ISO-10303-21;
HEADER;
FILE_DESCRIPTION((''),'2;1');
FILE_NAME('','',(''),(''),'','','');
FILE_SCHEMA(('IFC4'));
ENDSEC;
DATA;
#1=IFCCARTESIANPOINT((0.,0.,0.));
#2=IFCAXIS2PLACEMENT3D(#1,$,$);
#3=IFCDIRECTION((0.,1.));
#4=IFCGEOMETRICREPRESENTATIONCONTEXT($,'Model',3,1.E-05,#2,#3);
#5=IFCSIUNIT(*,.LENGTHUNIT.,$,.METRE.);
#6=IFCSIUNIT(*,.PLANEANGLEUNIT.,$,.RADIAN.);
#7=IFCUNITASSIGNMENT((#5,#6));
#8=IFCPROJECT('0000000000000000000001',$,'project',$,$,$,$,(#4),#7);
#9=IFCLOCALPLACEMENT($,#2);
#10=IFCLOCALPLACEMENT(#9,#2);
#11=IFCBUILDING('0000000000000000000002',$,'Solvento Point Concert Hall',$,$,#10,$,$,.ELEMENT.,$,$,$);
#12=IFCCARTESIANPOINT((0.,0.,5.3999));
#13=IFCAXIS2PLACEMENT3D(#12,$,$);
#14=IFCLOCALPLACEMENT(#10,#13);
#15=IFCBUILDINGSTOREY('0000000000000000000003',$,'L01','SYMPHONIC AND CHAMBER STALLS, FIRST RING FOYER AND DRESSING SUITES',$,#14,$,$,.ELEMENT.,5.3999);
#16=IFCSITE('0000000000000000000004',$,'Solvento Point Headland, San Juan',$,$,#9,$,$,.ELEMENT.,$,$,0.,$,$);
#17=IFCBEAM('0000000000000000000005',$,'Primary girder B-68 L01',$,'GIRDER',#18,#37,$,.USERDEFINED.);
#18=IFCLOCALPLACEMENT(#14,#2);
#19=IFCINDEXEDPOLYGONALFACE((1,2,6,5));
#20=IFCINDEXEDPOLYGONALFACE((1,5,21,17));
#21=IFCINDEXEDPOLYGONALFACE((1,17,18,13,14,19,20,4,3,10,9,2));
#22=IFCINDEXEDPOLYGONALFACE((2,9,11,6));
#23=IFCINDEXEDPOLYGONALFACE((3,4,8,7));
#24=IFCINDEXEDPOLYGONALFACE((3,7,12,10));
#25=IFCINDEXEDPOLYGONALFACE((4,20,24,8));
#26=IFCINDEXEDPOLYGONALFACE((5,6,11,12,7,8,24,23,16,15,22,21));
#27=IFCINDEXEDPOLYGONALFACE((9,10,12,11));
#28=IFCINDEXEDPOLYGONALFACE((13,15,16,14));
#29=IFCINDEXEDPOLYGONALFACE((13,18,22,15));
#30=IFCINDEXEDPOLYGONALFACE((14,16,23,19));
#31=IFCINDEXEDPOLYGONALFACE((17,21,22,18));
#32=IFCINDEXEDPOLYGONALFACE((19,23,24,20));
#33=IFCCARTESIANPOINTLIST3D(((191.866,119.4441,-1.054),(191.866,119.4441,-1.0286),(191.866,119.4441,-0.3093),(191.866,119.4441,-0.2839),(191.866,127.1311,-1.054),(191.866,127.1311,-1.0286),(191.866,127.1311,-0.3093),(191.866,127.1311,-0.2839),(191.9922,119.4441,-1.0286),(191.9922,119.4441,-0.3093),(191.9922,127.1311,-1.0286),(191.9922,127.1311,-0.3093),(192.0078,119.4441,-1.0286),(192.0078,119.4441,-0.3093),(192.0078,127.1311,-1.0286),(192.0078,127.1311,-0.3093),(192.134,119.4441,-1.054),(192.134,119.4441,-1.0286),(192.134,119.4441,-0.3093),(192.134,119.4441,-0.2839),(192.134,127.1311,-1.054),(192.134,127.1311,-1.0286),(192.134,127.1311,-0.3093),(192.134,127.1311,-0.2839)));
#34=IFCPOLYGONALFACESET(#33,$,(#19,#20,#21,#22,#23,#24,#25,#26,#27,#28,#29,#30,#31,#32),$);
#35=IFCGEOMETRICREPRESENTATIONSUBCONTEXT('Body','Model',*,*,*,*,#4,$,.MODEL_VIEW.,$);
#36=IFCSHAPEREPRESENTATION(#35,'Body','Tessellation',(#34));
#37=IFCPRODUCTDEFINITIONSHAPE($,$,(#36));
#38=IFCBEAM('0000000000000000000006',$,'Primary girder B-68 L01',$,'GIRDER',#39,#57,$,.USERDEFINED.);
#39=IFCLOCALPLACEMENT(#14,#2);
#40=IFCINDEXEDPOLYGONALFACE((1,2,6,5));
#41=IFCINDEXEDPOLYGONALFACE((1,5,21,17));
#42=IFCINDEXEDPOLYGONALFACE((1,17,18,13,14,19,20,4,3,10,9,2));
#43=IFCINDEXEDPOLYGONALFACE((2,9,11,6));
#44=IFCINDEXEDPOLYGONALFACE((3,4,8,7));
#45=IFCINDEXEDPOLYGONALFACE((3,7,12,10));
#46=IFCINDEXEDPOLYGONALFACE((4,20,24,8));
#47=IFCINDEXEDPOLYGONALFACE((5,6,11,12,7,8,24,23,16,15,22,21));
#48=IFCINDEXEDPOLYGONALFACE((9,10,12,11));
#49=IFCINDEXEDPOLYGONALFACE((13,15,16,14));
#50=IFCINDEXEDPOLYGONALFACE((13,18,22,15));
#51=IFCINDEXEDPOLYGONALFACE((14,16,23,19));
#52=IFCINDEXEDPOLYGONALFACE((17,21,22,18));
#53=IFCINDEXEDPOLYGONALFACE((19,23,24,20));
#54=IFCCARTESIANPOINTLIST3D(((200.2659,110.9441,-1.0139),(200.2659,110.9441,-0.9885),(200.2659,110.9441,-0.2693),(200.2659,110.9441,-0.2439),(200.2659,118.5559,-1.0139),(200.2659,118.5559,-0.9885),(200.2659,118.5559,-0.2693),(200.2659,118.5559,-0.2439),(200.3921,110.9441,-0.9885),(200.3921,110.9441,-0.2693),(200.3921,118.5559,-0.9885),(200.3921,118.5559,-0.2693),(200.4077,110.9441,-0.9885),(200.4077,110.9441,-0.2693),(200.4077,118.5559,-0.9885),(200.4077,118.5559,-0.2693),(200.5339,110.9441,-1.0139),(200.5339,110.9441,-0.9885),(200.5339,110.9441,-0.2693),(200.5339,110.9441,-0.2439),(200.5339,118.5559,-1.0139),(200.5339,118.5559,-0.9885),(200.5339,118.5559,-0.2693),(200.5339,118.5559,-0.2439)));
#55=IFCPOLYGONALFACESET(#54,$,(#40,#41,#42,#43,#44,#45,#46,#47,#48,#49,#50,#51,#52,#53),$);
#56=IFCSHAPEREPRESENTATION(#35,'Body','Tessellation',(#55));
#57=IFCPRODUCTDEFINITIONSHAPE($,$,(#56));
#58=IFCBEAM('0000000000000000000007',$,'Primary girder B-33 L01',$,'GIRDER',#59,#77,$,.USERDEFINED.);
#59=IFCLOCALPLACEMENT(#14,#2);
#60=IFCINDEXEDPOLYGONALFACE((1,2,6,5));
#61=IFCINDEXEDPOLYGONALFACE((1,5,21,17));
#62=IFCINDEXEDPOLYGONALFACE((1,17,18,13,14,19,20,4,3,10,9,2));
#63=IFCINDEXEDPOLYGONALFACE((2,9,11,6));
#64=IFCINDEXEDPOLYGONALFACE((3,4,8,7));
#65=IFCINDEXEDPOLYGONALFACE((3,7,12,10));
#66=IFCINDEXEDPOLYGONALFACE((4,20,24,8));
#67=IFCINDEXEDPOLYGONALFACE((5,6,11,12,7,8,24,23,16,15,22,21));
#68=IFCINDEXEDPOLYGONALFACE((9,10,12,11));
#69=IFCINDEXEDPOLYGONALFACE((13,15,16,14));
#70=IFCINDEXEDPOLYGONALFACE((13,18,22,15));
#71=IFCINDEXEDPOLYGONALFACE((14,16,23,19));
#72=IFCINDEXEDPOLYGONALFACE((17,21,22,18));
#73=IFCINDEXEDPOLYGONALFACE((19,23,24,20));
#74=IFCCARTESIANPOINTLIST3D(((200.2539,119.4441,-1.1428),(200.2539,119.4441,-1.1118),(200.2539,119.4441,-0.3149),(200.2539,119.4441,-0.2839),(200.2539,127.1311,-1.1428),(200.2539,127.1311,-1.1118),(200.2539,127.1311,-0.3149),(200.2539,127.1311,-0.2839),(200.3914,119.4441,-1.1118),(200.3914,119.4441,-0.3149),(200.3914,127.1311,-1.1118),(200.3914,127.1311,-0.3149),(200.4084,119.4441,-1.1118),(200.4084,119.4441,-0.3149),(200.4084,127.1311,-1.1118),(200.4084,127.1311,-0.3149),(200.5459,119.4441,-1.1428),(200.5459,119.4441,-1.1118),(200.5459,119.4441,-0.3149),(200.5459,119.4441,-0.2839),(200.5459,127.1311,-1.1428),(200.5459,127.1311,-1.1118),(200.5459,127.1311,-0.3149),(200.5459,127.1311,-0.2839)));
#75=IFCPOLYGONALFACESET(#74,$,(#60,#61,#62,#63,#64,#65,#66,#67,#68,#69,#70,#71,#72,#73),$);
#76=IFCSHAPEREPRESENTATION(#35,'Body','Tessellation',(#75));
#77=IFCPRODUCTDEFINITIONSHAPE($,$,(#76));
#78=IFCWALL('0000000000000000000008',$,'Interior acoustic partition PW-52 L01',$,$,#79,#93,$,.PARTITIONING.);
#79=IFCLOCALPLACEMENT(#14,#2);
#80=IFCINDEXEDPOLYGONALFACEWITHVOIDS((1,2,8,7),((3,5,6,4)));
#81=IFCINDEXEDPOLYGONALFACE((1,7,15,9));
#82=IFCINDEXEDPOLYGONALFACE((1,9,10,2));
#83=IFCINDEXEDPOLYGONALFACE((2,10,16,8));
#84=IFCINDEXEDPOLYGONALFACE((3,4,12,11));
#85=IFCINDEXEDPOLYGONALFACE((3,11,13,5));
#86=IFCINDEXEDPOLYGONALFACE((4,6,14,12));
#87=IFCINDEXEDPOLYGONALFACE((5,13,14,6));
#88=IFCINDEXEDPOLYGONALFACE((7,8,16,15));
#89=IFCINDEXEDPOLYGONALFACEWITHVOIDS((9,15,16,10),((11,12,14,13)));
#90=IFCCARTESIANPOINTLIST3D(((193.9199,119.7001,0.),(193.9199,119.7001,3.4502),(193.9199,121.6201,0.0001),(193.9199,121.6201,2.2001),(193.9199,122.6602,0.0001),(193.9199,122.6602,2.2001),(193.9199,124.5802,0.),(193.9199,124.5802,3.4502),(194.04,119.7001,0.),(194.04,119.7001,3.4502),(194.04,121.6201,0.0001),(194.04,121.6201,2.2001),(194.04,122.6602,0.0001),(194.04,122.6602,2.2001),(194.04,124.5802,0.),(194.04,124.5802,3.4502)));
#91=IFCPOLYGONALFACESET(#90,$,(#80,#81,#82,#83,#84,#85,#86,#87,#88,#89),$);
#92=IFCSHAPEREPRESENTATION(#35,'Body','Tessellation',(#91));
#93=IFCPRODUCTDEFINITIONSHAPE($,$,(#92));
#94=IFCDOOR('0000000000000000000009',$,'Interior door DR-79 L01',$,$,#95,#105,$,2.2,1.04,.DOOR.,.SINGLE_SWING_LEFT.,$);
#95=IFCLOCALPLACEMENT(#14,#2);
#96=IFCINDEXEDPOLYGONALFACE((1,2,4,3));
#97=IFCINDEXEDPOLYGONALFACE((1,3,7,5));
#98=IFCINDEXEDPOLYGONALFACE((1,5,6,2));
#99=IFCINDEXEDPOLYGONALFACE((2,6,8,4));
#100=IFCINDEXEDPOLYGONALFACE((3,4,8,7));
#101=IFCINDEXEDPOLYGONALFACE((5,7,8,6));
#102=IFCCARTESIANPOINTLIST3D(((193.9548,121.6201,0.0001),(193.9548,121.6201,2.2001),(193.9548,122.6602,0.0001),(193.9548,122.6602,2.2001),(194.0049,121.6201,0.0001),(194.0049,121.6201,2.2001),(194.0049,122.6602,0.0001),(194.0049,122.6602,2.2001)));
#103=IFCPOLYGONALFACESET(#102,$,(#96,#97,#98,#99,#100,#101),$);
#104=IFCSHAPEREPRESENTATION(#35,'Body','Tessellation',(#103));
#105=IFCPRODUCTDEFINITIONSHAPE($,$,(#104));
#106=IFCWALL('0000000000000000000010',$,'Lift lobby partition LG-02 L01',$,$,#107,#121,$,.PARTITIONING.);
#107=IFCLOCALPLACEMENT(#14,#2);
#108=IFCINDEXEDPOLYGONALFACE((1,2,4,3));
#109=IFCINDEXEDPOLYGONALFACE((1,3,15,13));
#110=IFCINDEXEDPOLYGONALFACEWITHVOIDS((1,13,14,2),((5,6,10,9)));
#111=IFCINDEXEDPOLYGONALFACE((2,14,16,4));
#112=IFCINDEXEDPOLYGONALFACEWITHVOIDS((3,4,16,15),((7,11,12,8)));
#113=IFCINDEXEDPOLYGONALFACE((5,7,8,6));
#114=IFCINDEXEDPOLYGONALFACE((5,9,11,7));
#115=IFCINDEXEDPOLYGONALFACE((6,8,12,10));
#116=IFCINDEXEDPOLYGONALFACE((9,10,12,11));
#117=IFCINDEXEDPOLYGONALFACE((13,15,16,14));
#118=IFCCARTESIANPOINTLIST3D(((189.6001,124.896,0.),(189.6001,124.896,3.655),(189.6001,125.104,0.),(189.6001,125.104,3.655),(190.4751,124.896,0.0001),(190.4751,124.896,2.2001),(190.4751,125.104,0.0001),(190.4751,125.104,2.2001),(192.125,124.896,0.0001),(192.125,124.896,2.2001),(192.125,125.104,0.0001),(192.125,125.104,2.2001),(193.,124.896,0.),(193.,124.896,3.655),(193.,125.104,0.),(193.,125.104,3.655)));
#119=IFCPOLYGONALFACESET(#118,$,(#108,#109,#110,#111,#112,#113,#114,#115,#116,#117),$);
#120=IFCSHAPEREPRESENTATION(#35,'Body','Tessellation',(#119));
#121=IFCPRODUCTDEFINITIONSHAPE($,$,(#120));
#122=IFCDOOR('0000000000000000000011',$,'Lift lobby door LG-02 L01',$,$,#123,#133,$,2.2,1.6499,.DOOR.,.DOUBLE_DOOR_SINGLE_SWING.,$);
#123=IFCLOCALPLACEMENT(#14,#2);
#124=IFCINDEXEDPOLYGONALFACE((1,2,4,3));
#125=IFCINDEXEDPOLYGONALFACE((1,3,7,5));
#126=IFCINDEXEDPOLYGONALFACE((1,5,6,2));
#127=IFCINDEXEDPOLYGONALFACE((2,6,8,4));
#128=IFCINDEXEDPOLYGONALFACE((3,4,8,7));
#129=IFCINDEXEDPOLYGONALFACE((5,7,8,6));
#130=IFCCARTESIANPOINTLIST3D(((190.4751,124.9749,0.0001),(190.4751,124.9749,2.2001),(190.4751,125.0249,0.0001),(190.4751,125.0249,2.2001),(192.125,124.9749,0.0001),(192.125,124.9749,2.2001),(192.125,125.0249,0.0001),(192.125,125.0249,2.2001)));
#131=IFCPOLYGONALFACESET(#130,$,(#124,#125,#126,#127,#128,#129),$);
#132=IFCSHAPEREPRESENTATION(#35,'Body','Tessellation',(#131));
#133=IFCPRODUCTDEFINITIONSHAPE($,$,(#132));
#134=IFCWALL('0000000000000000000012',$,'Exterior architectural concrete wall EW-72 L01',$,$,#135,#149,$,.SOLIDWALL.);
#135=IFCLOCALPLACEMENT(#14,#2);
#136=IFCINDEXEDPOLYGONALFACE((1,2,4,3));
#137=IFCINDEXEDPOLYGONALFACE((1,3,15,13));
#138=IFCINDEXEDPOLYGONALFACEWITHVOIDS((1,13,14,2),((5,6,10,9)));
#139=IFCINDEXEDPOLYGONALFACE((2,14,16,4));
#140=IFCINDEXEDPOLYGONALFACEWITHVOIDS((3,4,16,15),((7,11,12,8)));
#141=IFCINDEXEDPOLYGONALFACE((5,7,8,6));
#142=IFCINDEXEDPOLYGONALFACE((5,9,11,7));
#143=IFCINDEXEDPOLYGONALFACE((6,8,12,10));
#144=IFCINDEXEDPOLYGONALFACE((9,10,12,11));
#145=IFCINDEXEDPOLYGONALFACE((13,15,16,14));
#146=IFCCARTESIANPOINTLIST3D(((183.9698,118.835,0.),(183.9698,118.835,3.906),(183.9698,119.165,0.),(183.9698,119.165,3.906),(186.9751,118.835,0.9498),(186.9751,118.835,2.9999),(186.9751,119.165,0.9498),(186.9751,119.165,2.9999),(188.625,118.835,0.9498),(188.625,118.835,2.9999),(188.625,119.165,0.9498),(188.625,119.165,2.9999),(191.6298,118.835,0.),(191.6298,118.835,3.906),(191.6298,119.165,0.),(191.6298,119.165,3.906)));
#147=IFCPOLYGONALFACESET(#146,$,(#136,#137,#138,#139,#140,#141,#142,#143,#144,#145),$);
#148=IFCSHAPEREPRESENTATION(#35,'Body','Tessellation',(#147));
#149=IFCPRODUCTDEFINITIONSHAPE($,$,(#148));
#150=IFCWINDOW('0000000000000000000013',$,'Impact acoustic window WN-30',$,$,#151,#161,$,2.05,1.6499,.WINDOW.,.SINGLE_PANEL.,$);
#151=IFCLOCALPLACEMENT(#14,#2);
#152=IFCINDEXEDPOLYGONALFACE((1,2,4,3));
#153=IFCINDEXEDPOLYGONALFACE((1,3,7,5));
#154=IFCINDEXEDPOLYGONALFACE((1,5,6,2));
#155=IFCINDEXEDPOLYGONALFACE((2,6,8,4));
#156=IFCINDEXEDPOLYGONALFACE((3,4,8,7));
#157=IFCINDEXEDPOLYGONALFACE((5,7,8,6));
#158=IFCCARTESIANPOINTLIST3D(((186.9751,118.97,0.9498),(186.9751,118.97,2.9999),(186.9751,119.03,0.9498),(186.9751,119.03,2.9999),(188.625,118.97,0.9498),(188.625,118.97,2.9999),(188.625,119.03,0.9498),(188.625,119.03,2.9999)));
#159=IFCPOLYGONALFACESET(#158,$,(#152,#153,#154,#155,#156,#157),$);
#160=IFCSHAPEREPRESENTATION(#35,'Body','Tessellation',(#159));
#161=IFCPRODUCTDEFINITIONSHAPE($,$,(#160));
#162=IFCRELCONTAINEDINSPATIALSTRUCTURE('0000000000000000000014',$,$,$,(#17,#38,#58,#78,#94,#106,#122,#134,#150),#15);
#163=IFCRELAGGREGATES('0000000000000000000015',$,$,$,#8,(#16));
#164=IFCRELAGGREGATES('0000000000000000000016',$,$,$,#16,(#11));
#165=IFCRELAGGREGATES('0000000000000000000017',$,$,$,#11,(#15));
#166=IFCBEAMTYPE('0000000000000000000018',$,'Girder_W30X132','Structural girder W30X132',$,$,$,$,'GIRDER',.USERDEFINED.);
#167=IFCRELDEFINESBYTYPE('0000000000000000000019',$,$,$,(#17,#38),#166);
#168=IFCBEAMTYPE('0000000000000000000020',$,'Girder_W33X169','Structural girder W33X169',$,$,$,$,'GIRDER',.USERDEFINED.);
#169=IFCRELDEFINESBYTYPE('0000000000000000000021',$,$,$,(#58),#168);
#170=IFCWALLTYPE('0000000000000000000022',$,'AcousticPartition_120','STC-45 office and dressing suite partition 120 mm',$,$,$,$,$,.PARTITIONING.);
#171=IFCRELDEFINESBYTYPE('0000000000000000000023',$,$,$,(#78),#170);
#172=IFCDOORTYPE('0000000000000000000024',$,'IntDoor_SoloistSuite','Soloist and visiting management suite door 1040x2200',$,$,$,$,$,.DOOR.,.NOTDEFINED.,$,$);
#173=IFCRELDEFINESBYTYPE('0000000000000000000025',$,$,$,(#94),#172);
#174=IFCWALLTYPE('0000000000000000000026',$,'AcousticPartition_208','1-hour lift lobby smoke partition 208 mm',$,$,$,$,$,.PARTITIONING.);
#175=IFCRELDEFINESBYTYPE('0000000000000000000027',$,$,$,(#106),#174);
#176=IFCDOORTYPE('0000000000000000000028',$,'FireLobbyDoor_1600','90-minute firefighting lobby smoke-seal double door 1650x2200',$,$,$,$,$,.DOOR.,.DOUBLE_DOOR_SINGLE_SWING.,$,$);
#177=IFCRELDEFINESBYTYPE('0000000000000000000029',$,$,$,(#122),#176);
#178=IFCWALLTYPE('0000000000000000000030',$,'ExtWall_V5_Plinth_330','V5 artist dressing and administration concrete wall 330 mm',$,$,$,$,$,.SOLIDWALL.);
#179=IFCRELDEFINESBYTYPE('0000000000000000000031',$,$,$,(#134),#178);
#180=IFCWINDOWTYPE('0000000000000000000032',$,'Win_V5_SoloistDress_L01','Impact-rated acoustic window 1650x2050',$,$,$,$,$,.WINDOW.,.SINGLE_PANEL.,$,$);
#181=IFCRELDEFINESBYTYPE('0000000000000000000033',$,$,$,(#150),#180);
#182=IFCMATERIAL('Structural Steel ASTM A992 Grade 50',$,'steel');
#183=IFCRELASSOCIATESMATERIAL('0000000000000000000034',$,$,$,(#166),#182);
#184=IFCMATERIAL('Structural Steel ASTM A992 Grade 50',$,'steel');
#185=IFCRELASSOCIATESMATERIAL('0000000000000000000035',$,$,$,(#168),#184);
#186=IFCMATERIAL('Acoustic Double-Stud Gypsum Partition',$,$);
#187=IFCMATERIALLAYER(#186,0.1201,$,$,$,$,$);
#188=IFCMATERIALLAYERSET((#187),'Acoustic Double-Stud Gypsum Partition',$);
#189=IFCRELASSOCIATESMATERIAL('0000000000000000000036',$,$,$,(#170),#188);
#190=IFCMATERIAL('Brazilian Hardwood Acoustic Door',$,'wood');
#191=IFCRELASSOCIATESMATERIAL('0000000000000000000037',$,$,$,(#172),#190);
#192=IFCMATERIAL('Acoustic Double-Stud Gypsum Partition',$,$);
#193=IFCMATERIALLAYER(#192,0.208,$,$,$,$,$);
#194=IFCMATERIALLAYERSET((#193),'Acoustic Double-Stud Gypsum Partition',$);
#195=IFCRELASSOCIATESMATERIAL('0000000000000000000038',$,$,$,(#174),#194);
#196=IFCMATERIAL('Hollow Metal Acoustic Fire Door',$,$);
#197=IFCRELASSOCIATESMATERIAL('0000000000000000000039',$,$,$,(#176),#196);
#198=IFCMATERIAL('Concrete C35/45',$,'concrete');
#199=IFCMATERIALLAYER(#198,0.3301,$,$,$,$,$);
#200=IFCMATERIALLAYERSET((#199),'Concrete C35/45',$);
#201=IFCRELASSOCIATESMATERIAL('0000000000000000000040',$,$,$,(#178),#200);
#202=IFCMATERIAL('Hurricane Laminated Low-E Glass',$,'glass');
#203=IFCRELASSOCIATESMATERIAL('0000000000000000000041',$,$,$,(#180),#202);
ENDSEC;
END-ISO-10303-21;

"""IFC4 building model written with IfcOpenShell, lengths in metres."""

from ifc_helpers import new_model, si_unit, direction, frame, frame_2d, origin, origin_2d, place, context, subcontext, project, spatial, rectangle, i_section, extrude, material, layer, layer_set, material_profile, profile_set, type_object, element, fill, save


model = new_model("IFC4")

# Units and contexts
model_context = context("Model", 3, precision=1e-05, world=origin(), true_north=direction((0.0, 1.0)))
body_context = subcontext(model_context, "Body", "Model", "MODEL_VIEW")
ifc_project = project(units=[si_unit("LENGTHUNIT", "METRE"), si_unit("PLANEANGLEUNIT", "RADIAN")], contexts=[model_context])

# Site, building, storey
site_placement = place(None, origin())
site = spatial("IfcSite", under=ifc_project, at=site_placement, Name="Solvento Point Headland, San Juan", CompositionType="ELEMENT", RefElevation=0.0)
building_placement = place(site_placement, origin())
building = spatial("IfcBuilding", under=site, at=building_placement, Name="Solvento Point Concert Hall", CompositionType="ELEMENT")
storey_placement = place(building_placement, frame((0.0, 0.0, 5.3999)))
storey = spatial("IfcBuildingStorey", under=building, at=storey_placement, Name="L01", Description="SYMPHONIC AND CHAMBER STALLS, FIRST RING FOYER AND DRESSING SUITES", CompositionType="ELEMENT", Elevation=5.3999)

# Beams
ifc_material_1 = material(Name="Structural Steel ASTM A992 Grade 50", Category="steel")
ifc_material_profile_1 = material_profile(ifc_material_1, i_section(OverallWidth=0.2681, OverallDepth=0.77, WebThickness=0.0156, FlangeThickness=0.0254, at=origin_2d()), Name="W30X132")
ifc_profile_set_1 = profile_set([ifc_material_profile_1], Name="Structural Steel ASTM A992 Grade 50")
beam_type_1 = type_object("IfcBeamType", Name="Girder_W30X132", Description="Structural girder W30X132", ElementType="GIRDER", PredefinedType="USERDEFINED", material=ifc_profile_set_1)
beam_1_placement = place(storey_placement, frame((192.0, 119.4441, -0.6689), z_axis=(0.0, 1.0, 0.0), x_axis=(-1.0, 0.0, 0.0)))
element("IfcBeam", 1, at=beam_1_placement, inside=storey, type_object=beam_type_1, Name="Primary girder B-68 L01", ObjectType="GIRDER", PredefinedType="USERDEFINED", context=body_context, shape_type="SweptSolid", body=[
    extrude(i_section(OverallWidth=0.2681, OverallDepth=0.77, WebThickness=0.0156, FlangeThickness=0.0254, at=origin_2d()), origin(), (0.0, 0.0, 1.0), 7.687),
])
beam_2_placement = place(storey_placement, frame((200.3999, 110.9441, -0.6289), z_axis=(0.0, 1.0, 0.0), x_axis=(-1.0, 0.0, 0.0)))
element("IfcBeam", 2, at=beam_2_placement, inside=storey, type_object=beam_type_1, Name="Primary girder B-68 L01", ObjectType="GIRDER", PredefinedType="USERDEFINED", context=body_context, shape_type="SweptSolid", body=[
    extrude(i_section(OverallWidth=0.2681, OverallDepth=0.77, WebThickness=0.0156, FlangeThickness=0.0254, at=origin_2d()), origin(), (0.0, 0.0, 1.0), 7.6118),
])
ifc_material_2 = material(Name="Structural Steel ASTM A992 Grade 50", Category="steel")
ifc_material_profile_2 = material_profile(ifc_material_2, i_section(OverallWidth=0.292, OverallDepth=0.8589, WebThickness=0.0171, FlangeThickness=0.031, at=origin_2d()), Name="W33X169")
ifc_profile_set_2 = profile_set([ifc_material_profile_2], Name="Structural Steel ASTM A992 Grade 50")
beam_type_2 = type_object("IfcBeamType", Name="Girder_W33X169", Description="Structural girder W33X169", ElementType="GIRDER", PredefinedType="USERDEFINED", material=ifc_profile_set_2)
beam_3_placement = place(storey_placement, frame((200.3999, 119.4441, -0.7134), z_axis=(0.0, 1.0, 0.0), x_axis=(-1.0, 0.0, 0.0)))
element("IfcBeam", 3, at=beam_3_placement, inside=storey, type_object=beam_type_2, Name="Primary girder B-33 L01", ObjectType="GIRDER", PredefinedType="USERDEFINED", context=body_context, shape_type="SweptSolid", body=[
    extrude(i_section(OverallWidth=0.292, OverallDepth=0.8589, WebThickness=0.0171, FlangeThickness=0.031, at=origin_2d()), origin(), (0.0, 0.0, 1.0), 7.687),
])

# Walls, openings, doors
ifc_material_3 = material(Name="Acoustic Double-Stud Gypsum Partition")
ifc_layer_1 = layer(ifc_material_3, 0.1201)
ifc_layer_set_1 = layer_set([ifc_layer_1], Name="Acoustic Double-Stud Gypsum Partition")
wall_type_1 = type_object("IfcWallType", Name="AcousticPartition_120", Description="STC-45 office and dressing suite partition 120 mm", PredefinedType="PARTITIONING", material=ifc_layer_set_1)
wall_1_placement = place(storey_placement, frame((193.98, 124.5801, 0.0), z_axis=(0.0, 0.0, 1.0), x_axis=(0.0, -1.0, 0.0)))
wall_1 = element("IfcWall", 4, at=wall_1_placement, inside=storey, type_object=wall_type_1, Name="Interior acoustic partition PW-52 L01", PredefinedType="PARTITIONING", context=body_context, shape_type="SweptSolid", body=[
    extrude(rectangle(XDim=4.8801, YDim=0.1201, at=frame_2d((2.4399, 0.0))), origin(), (0.0, 0.0, 1.0), 3.4502),
])
opening_1_placement = place(wall_1_placement, frame((1.9199, 0.0, 0.0)))
opening_1 = element("IfcOpeningElement", 5, at=opening_1_placement, cuts=wall_1, PredefinedType="OPENING", context=body_context, shape_type="SweptSolid", body=[
    extrude(rectangle(XDim=1.04, YDim=2.2, at=frame_2d((0.52, 1.1001))), frame((0.0, 0.0701, 0.0), z_axis=(0.0, -1.0, 0.0), x_axis=(1.0, 0.0, 0.0)), (0.0, 0.0, 1.0), 0.1401),
])
ifc_material_4 = material(Name="Brazilian Hardwood Acoustic Door", Category="wood")
door_type_1 = type_object("IfcDoorType", Name="IntDoor_SoloistSuite", Description="Soloist and visiting management suite door 1040x2200", OperationType="NOTDEFINED", PredefinedType="DOOR", material=ifc_material_4)
door_1_placement = place(opening_1_placement, origin())
door_1 = element("IfcDoor", 6, at=door_1_placement, inside=storey, type_object=door_type_1, Name="Interior door DR-79 L01", OperationType="SINGLE_SWING_LEFT", OverallHeight=2.2, OverallWidth=1.04, PredefinedType="DOOR", context=body_context, shape_type="SweptSolid", body=[
    extrude(rectangle(XDim=1.04, YDim=2.2, at=frame_2d((0.52, 1.1001))), frame((0.0, 0.0249, 0.0), z_axis=(0.0, -1.0, 0.0), x_axis=(1.0, 0.0, 0.0)), (0.0, 0.0, 1.0), 0.05),
])
fill(opening_1, door_1)
ifc_material_5 = material(Name="Acoustic Double-Stud Gypsum Partition")
ifc_layer_2 = layer(ifc_material_5, 0.208)
ifc_layer_set_2 = layer_set([ifc_layer_2], Name="Acoustic Double-Stud Gypsum Partition")
wall_type_2 = type_object("IfcWallType", Name="AcousticPartition_208", Description="1-hour lift lobby smoke partition 208 mm", PredefinedType="PARTITIONING", material=ifc_layer_set_2)
wall_2_placement = place(storey_placement, frame((189.6001, 125.0, 0.0), z_axis=(0.0, 0.0, 1.0), x_axis=(1.0, 0.0, 0.0)))
wall_2 = element("IfcWall", 7, at=wall_2_placement, inside=storey, type_object=wall_type_2, Name="Lift lobby partition LG-02 L01", PredefinedType="PARTITIONING", context=body_context, shape_type="SweptSolid", body=[
    extrude(rectangle(XDim=3.3999, YDim=0.208, at=frame_2d((1.7, 0.0))), origin(), (0.0, 0.0, 1.0), 3.655),
])
opening_2_placement = place(wall_2_placement, frame((0.875, 0.0, 0.0)))
opening_2 = element("IfcOpeningElement", 8, at=opening_2_placement, cuts=wall_2, PredefinedType="OPENING", context=body_context, shape_type="SweptSolid", body=[
    extrude(rectangle(XDim=1.6499, YDim=2.2, at=frame_2d((0.825, 1.1001))), frame((0.0, 0.114, 0.0), z_axis=(0.0, -1.0, 0.0), x_axis=(1.0, 0.0, 0.0)), (0.0, 0.0, 1.0), 0.228),
])
ifc_material_6 = material(Name="Hollow Metal Acoustic Fire Door")
door_type_2 = type_object("IfcDoorType", Name="FireLobbyDoor_1600", Description="90-minute firefighting lobby smoke-seal double door 1650x2200", OperationType="DOUBLE_DOOR_SINGLE_SWING", PredefinedType="DOOR", material=ifc_material_6)
door_2_placement = place(opening_2_placement, origin())
door_2 = element("IfcDoor", 9, at=door_2_placement, inside=storey, type_object=door_type_2, Name="Lift lobby door LG-02 L01", OperationType="DOUBLE_DOOR_SINGLE_SWING", OverallHeight=2.2, OverallWidth=1.6499, PredefinedType="DOOR", context=body_context, shape_type="SweptSolid", body=[
    extrude(rectangle(XDim=1.6499, YDim=2.2, at=frame_2d((0.825, 1.1001))), frame((0.0, 0.0249, 0.0), z_axis=(0.0, -1.0, 0.0), x_axis=(1.0, 0.0, 0.0)), (0.0, 0.0, 1.0), 0.05),
])
fill(opening_2, door_2)

# Wall, opening, window
ifc_material_7 = material(Name="Concrete C35/45", Category="concrete")
ifc_layer_3 = layer(ifc_material_7, 0.3301)
ifc_layer_set_3 = layer_set([ifc_layer_3], Name="Concrete C35/45")
wall_type_3 = type_object("IfcWallType", Name="ExtWall_V5_Plinth_330", Description="V5 artist dressing and administration concrete wall 330 mm", PredefinedType="SOLIDWALL", material=ifc_layer_set_3)
wall_3_placement = place(storey_placement, frame((191.6299, 119.0, 0.0), z_axis=(0.0, 0.0, 1.0), x_axis=(-1.0, 0.0, 0.0)))
wall_3 = element("IfcWall", 10, at=wall_3_placement, inside=storey, type_object=wall_type_3, Name="Exterior architectural concrete wall EW-72 L01", PredefinedType="SOLIDWALL", context=body_context, shape_type="SweptSolid", body=[
    extrude(rectangle(XDim=7.6599, YDim=0.3301, at=frame_2d((3.8301, 0.0))), origin(), (0.0, 0.0, 1.0), 3.906),
])
opening_3_placement = place(wall_3_placement, frame((3.0049, 0.0, 0.95)))
opening_3 = element("IfcOpeningElement", 11, at=opening_3_placement, cuts=wall_3, PredefinedType="OPENING", context=body_context, shape_type="SweptSolid", body=[
    extrude(rectangle(XDim=1.6499, YDim=2.05, at=frame_2d((0.825, 1.0249))), frame((0.0, 0.175, 0.0), z_axis=(0.0, -1.0, 0.0), x_axis=(1.0, 0.0, 0.0)), (0.0, 0.0, 1.0), 0.3501),
])
ifc_material_8 = material(Name="Hurricane Laminated Low-E Glass", Category="glass")
window_type = type_object("IfcWindowType", Name="Win_V5_SoloistDress_L01", Description="Impact-rated acoustic window 1650x2050", PartitioningType="SINGLE_PANEL", PredefinedType="WINDOW", material=ifc_material_8)
window_1_placement = place(opening_3_placement, origin())
window_1 = element("IfcWindow", 12, at=window_1_placement, inside=storey, type_object=window_type, Name="Impact acoustic window WN-30", OverallHeight=2.05, OverallWidth=1.6499, PartitioningType="SINGLE_PANEL", PredefinedType="WINDOW", context=body_context, shape_type="SweptSolid", body=[
    extrude(rectangle(XDim=1.6499, YDim=2.05, at=frame_2d((0.825, 1.0249))), frame((0.0, 0.03, 0.0), z_axis=(0.0, -1.0, 0.0), x_axis=(1.0, 0.0, 0.0)), (0.0, 0.0, 1.0), 0.0601),
])
fill(opening_3, window_1)

save(model, "model.ifc")
